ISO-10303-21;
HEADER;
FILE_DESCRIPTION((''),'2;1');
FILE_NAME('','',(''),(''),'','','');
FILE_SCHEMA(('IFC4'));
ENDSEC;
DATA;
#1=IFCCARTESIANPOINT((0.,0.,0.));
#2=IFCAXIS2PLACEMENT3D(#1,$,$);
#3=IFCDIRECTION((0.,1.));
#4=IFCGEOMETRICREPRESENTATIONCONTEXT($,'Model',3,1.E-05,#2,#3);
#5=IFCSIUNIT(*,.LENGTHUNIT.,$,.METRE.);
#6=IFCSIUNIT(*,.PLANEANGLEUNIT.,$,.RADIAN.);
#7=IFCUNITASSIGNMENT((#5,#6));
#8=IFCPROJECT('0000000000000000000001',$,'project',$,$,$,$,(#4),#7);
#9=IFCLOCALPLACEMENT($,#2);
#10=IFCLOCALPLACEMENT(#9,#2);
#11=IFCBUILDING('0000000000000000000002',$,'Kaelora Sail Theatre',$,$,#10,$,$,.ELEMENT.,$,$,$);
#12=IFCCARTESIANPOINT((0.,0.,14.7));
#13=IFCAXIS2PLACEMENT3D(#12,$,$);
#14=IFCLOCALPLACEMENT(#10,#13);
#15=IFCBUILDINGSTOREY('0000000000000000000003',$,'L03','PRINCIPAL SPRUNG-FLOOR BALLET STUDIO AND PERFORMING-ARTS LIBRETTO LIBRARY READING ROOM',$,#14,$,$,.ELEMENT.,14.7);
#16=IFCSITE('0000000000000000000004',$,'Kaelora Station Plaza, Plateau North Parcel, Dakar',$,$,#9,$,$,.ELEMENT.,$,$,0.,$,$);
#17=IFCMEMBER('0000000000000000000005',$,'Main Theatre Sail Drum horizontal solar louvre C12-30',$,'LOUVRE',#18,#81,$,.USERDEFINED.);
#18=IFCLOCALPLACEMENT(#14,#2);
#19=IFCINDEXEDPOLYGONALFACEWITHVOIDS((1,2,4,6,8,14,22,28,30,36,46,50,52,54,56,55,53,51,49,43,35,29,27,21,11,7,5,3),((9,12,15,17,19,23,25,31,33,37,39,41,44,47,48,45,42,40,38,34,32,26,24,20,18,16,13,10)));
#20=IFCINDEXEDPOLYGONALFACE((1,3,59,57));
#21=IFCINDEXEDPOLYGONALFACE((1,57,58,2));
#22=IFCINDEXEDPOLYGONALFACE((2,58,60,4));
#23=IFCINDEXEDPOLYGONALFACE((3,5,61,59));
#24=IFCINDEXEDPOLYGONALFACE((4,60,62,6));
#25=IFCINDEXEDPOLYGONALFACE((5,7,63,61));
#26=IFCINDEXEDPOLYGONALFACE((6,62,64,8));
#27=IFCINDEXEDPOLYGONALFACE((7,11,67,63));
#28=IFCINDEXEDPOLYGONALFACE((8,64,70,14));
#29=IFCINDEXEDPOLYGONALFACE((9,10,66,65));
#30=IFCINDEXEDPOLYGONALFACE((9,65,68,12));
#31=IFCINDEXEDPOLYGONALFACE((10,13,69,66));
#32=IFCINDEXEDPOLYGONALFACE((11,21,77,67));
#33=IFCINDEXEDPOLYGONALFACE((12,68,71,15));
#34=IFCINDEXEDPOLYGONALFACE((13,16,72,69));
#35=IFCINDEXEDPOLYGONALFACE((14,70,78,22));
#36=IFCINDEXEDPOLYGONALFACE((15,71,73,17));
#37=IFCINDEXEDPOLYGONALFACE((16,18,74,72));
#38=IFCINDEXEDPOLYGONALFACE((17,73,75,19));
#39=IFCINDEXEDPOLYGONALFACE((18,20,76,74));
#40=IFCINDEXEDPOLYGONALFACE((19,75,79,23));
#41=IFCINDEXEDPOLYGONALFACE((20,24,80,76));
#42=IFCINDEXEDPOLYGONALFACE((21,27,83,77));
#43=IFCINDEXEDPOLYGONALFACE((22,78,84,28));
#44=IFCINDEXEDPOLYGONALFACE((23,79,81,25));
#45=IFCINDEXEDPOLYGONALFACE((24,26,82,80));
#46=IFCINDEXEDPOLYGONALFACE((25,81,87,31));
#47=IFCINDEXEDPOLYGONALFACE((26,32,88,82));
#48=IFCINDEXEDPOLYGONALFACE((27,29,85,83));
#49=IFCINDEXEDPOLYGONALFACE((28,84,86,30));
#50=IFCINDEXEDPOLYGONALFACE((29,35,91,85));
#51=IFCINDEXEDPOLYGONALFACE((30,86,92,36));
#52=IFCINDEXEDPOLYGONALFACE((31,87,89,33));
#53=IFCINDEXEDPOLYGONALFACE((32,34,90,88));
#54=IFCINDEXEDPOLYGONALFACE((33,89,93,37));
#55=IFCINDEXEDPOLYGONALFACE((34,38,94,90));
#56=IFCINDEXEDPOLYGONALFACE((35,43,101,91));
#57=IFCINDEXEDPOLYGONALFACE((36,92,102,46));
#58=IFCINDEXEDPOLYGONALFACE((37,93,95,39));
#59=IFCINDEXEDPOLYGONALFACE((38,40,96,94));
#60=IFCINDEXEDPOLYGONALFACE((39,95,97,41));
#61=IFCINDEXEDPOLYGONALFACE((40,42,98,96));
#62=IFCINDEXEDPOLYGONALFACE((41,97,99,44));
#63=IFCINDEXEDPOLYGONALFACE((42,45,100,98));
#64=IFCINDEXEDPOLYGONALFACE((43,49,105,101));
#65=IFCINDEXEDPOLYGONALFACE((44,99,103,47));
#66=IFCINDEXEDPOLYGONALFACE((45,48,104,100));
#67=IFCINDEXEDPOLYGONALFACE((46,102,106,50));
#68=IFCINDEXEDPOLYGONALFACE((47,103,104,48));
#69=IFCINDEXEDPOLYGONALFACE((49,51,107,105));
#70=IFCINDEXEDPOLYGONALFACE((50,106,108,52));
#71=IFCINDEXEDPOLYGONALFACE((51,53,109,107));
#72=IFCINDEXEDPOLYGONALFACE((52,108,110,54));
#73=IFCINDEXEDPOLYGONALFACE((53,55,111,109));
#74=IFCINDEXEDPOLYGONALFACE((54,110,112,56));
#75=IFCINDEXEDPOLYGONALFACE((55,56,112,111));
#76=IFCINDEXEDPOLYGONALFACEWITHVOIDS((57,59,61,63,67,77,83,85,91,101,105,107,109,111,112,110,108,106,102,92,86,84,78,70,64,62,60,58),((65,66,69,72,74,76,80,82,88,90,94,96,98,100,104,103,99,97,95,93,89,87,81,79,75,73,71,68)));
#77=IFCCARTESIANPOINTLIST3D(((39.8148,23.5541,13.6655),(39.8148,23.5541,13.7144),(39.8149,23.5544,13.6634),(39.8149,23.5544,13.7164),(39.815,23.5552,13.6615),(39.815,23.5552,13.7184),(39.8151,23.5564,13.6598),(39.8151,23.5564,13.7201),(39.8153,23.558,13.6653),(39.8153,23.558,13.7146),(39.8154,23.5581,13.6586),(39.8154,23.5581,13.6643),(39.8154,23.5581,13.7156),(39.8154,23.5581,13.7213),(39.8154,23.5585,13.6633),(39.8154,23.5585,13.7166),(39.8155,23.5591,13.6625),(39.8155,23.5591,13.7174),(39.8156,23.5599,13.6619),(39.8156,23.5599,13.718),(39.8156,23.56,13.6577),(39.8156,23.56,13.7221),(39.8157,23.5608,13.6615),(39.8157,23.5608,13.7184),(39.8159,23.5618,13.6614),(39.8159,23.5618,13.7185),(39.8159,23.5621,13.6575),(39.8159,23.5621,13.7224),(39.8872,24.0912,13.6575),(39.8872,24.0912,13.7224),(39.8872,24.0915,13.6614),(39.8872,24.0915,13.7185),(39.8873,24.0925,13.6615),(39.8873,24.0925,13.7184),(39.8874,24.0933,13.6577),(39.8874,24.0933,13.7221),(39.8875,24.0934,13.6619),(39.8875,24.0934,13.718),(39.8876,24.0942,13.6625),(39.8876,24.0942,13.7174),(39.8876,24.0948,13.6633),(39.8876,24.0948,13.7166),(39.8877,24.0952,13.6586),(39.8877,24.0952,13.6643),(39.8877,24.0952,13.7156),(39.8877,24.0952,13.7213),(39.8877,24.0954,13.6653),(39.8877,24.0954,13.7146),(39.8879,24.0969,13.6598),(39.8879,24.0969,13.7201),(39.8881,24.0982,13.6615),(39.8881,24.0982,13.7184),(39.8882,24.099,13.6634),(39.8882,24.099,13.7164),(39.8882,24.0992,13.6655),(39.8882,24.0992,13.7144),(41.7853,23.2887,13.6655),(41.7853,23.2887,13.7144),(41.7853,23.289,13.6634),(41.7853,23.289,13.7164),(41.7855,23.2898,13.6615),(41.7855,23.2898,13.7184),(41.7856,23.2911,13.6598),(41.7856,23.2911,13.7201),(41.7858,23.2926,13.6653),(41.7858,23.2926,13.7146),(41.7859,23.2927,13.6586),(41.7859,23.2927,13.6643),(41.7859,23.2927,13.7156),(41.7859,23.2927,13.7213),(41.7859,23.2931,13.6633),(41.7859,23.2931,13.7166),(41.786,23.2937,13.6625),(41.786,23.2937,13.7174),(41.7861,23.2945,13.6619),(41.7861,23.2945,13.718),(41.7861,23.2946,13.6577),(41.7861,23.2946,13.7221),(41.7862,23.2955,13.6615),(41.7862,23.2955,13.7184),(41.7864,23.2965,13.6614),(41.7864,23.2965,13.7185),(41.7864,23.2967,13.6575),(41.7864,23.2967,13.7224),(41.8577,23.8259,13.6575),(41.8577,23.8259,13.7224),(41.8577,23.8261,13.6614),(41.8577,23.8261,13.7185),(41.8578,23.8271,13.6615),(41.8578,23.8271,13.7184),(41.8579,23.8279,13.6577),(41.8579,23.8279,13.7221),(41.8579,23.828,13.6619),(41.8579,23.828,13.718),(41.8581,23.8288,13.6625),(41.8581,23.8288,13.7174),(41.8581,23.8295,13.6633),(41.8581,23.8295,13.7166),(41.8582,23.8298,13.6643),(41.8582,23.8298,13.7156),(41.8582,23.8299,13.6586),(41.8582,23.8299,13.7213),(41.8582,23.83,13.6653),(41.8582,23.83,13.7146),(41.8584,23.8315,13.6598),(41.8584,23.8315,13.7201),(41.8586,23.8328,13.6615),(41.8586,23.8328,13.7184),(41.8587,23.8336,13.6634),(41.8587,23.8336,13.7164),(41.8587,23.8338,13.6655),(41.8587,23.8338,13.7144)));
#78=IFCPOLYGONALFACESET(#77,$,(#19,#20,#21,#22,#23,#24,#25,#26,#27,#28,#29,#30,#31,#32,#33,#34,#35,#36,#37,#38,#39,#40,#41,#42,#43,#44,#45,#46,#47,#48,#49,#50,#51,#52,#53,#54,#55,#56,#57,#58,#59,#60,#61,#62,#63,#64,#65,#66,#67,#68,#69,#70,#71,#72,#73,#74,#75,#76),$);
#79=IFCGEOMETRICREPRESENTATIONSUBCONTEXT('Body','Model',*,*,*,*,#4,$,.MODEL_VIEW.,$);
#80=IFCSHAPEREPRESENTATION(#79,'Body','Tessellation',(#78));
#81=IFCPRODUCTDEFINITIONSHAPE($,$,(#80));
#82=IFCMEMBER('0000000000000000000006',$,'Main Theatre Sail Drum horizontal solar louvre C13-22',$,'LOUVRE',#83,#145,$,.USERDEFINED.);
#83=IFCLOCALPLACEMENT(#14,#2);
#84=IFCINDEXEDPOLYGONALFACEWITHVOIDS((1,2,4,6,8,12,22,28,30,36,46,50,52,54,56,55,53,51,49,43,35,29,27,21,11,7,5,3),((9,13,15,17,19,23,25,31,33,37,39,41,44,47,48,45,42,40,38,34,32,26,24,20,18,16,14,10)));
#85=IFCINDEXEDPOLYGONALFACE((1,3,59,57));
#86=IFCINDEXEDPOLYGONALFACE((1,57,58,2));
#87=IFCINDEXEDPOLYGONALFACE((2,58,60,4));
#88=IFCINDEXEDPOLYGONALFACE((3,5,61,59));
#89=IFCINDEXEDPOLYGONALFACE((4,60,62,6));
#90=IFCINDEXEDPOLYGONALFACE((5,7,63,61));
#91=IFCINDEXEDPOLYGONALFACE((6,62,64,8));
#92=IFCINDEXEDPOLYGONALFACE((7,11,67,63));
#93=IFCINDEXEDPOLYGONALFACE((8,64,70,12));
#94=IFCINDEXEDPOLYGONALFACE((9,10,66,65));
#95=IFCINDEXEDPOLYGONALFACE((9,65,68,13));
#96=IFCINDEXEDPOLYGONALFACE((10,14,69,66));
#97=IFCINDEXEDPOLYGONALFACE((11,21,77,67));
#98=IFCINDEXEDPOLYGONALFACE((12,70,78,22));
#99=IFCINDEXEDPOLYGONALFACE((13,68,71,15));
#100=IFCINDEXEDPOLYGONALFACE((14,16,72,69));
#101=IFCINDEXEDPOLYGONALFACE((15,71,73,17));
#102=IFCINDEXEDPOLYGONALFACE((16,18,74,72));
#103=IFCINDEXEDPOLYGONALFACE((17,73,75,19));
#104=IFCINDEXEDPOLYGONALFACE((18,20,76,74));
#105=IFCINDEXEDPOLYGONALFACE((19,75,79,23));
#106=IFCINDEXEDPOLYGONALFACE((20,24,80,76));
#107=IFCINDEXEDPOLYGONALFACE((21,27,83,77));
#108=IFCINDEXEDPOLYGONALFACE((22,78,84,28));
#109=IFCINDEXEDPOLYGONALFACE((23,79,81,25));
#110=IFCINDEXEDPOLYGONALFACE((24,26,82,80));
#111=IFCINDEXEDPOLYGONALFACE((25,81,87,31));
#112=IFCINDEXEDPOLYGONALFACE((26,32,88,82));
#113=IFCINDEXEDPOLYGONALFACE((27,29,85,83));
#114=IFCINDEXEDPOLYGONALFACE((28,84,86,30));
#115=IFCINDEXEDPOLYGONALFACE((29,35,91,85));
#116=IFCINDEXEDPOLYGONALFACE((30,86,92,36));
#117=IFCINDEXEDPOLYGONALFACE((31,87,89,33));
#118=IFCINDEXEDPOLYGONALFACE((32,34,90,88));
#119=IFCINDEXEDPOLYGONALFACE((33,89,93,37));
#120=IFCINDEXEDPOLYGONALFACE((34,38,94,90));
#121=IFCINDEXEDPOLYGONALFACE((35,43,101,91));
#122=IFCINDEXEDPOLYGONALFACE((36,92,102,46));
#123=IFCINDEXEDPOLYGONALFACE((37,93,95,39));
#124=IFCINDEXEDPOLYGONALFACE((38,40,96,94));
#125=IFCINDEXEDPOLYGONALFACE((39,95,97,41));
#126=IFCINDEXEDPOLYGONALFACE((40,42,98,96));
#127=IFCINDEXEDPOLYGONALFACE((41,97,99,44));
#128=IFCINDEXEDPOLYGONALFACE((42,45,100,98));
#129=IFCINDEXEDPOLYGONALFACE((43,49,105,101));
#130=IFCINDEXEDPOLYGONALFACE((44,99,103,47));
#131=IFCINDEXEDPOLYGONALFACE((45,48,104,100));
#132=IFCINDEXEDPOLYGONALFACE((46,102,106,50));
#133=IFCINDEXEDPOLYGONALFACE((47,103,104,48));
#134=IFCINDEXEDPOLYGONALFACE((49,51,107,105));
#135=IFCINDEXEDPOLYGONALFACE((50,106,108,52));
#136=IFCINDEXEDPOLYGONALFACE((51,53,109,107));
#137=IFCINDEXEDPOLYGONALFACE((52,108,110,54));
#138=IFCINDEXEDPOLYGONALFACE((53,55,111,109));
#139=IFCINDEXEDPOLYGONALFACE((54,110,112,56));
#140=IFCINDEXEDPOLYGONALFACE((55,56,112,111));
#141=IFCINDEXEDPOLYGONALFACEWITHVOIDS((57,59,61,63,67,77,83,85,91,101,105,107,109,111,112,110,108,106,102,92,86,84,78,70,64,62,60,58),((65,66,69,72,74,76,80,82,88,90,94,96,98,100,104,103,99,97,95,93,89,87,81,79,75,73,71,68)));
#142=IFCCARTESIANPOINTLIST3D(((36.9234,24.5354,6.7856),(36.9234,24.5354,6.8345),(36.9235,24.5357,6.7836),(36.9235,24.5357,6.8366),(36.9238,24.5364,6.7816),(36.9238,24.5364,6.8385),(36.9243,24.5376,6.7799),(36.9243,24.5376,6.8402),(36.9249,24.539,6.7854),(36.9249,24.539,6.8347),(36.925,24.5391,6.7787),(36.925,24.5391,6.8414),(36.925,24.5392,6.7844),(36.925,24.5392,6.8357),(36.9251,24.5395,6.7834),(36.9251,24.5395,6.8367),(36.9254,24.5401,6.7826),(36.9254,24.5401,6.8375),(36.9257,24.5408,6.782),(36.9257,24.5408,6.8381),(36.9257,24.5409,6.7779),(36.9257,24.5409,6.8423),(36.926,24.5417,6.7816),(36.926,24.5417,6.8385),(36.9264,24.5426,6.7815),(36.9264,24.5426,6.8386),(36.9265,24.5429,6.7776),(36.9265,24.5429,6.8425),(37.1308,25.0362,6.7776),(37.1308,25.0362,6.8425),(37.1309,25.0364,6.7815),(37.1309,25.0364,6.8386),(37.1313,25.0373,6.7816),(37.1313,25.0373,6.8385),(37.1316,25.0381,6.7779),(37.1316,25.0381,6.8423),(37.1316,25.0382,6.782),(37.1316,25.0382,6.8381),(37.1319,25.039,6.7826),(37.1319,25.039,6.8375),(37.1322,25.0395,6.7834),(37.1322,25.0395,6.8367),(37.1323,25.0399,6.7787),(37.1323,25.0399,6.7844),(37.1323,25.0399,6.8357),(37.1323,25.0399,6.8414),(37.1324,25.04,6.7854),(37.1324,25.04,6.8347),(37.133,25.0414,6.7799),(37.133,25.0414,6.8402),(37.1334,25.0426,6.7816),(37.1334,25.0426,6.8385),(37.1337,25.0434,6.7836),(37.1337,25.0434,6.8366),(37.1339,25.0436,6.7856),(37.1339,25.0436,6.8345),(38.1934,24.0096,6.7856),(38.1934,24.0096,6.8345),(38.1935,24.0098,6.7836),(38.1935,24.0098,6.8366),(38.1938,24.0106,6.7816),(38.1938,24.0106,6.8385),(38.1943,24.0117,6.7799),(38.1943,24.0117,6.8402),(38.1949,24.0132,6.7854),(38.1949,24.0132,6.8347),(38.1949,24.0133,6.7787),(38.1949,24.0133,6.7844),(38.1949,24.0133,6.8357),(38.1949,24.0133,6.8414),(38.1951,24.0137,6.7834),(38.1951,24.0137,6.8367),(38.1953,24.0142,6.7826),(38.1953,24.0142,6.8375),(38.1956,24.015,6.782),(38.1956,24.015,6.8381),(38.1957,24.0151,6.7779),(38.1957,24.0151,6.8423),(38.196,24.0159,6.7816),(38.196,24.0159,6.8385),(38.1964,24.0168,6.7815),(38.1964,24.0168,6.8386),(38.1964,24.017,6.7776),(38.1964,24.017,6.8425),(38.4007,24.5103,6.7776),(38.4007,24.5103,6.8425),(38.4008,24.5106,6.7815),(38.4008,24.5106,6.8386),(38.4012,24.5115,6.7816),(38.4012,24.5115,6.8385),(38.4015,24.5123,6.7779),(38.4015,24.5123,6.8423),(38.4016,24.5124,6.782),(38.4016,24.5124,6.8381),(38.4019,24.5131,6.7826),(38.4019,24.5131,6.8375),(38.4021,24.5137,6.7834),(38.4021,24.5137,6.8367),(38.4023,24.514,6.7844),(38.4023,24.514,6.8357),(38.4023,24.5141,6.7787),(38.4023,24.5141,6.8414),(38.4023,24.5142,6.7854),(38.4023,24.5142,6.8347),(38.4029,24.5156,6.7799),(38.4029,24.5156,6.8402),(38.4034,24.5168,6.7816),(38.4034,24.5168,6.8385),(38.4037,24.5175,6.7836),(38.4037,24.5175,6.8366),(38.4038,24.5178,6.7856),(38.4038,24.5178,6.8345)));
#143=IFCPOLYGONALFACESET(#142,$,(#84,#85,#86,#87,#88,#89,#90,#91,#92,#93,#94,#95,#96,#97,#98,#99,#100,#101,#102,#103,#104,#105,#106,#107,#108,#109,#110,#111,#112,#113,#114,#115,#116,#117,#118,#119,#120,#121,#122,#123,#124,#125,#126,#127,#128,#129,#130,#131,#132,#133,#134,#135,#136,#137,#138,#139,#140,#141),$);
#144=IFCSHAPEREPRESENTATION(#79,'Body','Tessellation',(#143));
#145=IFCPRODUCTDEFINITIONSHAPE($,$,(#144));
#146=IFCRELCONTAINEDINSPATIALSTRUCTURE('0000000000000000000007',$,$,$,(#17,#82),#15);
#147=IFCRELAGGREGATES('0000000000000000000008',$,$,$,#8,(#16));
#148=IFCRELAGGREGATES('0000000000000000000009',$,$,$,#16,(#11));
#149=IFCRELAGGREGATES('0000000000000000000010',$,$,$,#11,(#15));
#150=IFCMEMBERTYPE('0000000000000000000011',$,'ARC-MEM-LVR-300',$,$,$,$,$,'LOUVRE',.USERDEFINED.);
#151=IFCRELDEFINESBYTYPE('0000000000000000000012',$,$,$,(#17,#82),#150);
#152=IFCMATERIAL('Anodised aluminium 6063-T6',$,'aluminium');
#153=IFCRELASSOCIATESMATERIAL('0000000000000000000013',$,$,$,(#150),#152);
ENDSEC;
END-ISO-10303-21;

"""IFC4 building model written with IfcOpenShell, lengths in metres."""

from ifc_helpers import new_model, si_unit, direction, frame, origin, origin_2d, place, context, subcontext, project, spatial, hollow_rectangle, extrude, material, material_profile, profile_set, type_object, element, save


model = new_model("IFC4")

# Units and contexts
model_context = context("Model", 3, precision=1e-05, world=origin(), true_north=direction((0.0, 1.0)))
body_context = subcontext(model_context, "Body", "Model", "MODEL_VIEW")
ifc_project = project(units=[si_unit("LENGTHUNIT", "METRE"), si_unit("PLANEANGLEUNIT", "RADIAN")], contexts=[model_context])

# Site, building, storey
site_placement = place(None, origin())
site = spatial("IfcSite", under=ifc_project, at=site_placement, Name="Kaelora Station Plaza, Plateau North Parcel, Dakar", CompositionType="ELEMENT", RefElevation=0.0)
building_placement = place(site_placement, origin())
building = spatial("IfcBuilding", under=site, at=building_placement, Name="Kaelora Sail Theatre", CompositionType="ELEMENT")
storey_placement = place(building_placement, frame((0.0, 0.0, 14.7)))
storey = spatial("IfcBuildingStorey", under=building, at=storey_placement, Name="L03", Description="PRINCIPAL SPRUNG-FLOOR BALLET STUDIO AND PERFORMING-ARTS LIBRETTO LIBRARY READING ROOM", CompositionType="ELEMENT", Elevation=14.7)

# Members
ifc_material = material(Name="Anodised aluminium 6063-T6", Category="aluminium")
ifc_material_profile = material_profile(ifc_material, hollow_rectangle(XDim=0.55, YDim=0.0649, WallThickness=0.0039, InnerFilletRadius=0.0039, OuterFilletRadius=0.0081, at=origin_2d()), Name="LOUVRE 550x65x4")
ifc_profile_set = profile_set([ifc_material_profile], Name="Anodised aluminium 6063-T6")
member_type = type_object("IfcMemberType", Name="ARC-MEM-LVR-300", ElementType="LOUVRE", PredefinedType="USERDEFINED", material=ifc_profile_set)
for number, where, z_axis, x_axis, name in (
    (1, (41.822, 23.5613, 13.6899), (-0.991052, 0.133475, 0.0), (-0.133475, -0.991052, 0.0), "Main Theatre Sail Drum horizontal solar louvre C12-30"),
):
    element("IfcMember", number, at=place(storey_placement, frame(where, z_axis=z_axis, x_axis=x_axis)), inside=storey, type_object=member_type, Name=name, ObjectType="LOUVRE", PredefinedType="USERDEFINED", context=body_context, shape_type="SweptSolid", body=[
        extrude(hollow_rectangle(XDim=0.55, YDim=0.0649, WallThickness=0.0039, InnerFilletRadius=0.0039, OuterFilletRadius=0.0081, at=origin_2d()), origin(), (0.0, 0.0, 1.0), 1.9883),
    ])
for number, where, z_axis, x_axis, name in (
    (2, (38.2986, 24.2637, 6.8101), (-0.923926, 0.382571, 0.0), (-0.382571, -0.923926, 0.0), "Main Theatre Sail Drum horizontal solar louvre C13-22"),
):
    element("IfcMember", number, at=place(storey_placement, frame(where, z_axis=z_axis, x_axis=x_axis)), inside=storey, type_object=member_type, Name=name, ObjectType="LOUVRE", PredefinedType="USERDEFINED", context=body_context, shape_type="SweptSolid", body=[
        extrude(hollow_rectangle(XDim=0.55, YDim=0.0649, WallThickness=0.0039, InnerFilletRadius=0.0039, OuterFilletRadius=0.0081, at=origin_2d()), origin(), (0.0, 0.0, 1.0), 1.3745),
    ])

save(model, "model.ifc")
